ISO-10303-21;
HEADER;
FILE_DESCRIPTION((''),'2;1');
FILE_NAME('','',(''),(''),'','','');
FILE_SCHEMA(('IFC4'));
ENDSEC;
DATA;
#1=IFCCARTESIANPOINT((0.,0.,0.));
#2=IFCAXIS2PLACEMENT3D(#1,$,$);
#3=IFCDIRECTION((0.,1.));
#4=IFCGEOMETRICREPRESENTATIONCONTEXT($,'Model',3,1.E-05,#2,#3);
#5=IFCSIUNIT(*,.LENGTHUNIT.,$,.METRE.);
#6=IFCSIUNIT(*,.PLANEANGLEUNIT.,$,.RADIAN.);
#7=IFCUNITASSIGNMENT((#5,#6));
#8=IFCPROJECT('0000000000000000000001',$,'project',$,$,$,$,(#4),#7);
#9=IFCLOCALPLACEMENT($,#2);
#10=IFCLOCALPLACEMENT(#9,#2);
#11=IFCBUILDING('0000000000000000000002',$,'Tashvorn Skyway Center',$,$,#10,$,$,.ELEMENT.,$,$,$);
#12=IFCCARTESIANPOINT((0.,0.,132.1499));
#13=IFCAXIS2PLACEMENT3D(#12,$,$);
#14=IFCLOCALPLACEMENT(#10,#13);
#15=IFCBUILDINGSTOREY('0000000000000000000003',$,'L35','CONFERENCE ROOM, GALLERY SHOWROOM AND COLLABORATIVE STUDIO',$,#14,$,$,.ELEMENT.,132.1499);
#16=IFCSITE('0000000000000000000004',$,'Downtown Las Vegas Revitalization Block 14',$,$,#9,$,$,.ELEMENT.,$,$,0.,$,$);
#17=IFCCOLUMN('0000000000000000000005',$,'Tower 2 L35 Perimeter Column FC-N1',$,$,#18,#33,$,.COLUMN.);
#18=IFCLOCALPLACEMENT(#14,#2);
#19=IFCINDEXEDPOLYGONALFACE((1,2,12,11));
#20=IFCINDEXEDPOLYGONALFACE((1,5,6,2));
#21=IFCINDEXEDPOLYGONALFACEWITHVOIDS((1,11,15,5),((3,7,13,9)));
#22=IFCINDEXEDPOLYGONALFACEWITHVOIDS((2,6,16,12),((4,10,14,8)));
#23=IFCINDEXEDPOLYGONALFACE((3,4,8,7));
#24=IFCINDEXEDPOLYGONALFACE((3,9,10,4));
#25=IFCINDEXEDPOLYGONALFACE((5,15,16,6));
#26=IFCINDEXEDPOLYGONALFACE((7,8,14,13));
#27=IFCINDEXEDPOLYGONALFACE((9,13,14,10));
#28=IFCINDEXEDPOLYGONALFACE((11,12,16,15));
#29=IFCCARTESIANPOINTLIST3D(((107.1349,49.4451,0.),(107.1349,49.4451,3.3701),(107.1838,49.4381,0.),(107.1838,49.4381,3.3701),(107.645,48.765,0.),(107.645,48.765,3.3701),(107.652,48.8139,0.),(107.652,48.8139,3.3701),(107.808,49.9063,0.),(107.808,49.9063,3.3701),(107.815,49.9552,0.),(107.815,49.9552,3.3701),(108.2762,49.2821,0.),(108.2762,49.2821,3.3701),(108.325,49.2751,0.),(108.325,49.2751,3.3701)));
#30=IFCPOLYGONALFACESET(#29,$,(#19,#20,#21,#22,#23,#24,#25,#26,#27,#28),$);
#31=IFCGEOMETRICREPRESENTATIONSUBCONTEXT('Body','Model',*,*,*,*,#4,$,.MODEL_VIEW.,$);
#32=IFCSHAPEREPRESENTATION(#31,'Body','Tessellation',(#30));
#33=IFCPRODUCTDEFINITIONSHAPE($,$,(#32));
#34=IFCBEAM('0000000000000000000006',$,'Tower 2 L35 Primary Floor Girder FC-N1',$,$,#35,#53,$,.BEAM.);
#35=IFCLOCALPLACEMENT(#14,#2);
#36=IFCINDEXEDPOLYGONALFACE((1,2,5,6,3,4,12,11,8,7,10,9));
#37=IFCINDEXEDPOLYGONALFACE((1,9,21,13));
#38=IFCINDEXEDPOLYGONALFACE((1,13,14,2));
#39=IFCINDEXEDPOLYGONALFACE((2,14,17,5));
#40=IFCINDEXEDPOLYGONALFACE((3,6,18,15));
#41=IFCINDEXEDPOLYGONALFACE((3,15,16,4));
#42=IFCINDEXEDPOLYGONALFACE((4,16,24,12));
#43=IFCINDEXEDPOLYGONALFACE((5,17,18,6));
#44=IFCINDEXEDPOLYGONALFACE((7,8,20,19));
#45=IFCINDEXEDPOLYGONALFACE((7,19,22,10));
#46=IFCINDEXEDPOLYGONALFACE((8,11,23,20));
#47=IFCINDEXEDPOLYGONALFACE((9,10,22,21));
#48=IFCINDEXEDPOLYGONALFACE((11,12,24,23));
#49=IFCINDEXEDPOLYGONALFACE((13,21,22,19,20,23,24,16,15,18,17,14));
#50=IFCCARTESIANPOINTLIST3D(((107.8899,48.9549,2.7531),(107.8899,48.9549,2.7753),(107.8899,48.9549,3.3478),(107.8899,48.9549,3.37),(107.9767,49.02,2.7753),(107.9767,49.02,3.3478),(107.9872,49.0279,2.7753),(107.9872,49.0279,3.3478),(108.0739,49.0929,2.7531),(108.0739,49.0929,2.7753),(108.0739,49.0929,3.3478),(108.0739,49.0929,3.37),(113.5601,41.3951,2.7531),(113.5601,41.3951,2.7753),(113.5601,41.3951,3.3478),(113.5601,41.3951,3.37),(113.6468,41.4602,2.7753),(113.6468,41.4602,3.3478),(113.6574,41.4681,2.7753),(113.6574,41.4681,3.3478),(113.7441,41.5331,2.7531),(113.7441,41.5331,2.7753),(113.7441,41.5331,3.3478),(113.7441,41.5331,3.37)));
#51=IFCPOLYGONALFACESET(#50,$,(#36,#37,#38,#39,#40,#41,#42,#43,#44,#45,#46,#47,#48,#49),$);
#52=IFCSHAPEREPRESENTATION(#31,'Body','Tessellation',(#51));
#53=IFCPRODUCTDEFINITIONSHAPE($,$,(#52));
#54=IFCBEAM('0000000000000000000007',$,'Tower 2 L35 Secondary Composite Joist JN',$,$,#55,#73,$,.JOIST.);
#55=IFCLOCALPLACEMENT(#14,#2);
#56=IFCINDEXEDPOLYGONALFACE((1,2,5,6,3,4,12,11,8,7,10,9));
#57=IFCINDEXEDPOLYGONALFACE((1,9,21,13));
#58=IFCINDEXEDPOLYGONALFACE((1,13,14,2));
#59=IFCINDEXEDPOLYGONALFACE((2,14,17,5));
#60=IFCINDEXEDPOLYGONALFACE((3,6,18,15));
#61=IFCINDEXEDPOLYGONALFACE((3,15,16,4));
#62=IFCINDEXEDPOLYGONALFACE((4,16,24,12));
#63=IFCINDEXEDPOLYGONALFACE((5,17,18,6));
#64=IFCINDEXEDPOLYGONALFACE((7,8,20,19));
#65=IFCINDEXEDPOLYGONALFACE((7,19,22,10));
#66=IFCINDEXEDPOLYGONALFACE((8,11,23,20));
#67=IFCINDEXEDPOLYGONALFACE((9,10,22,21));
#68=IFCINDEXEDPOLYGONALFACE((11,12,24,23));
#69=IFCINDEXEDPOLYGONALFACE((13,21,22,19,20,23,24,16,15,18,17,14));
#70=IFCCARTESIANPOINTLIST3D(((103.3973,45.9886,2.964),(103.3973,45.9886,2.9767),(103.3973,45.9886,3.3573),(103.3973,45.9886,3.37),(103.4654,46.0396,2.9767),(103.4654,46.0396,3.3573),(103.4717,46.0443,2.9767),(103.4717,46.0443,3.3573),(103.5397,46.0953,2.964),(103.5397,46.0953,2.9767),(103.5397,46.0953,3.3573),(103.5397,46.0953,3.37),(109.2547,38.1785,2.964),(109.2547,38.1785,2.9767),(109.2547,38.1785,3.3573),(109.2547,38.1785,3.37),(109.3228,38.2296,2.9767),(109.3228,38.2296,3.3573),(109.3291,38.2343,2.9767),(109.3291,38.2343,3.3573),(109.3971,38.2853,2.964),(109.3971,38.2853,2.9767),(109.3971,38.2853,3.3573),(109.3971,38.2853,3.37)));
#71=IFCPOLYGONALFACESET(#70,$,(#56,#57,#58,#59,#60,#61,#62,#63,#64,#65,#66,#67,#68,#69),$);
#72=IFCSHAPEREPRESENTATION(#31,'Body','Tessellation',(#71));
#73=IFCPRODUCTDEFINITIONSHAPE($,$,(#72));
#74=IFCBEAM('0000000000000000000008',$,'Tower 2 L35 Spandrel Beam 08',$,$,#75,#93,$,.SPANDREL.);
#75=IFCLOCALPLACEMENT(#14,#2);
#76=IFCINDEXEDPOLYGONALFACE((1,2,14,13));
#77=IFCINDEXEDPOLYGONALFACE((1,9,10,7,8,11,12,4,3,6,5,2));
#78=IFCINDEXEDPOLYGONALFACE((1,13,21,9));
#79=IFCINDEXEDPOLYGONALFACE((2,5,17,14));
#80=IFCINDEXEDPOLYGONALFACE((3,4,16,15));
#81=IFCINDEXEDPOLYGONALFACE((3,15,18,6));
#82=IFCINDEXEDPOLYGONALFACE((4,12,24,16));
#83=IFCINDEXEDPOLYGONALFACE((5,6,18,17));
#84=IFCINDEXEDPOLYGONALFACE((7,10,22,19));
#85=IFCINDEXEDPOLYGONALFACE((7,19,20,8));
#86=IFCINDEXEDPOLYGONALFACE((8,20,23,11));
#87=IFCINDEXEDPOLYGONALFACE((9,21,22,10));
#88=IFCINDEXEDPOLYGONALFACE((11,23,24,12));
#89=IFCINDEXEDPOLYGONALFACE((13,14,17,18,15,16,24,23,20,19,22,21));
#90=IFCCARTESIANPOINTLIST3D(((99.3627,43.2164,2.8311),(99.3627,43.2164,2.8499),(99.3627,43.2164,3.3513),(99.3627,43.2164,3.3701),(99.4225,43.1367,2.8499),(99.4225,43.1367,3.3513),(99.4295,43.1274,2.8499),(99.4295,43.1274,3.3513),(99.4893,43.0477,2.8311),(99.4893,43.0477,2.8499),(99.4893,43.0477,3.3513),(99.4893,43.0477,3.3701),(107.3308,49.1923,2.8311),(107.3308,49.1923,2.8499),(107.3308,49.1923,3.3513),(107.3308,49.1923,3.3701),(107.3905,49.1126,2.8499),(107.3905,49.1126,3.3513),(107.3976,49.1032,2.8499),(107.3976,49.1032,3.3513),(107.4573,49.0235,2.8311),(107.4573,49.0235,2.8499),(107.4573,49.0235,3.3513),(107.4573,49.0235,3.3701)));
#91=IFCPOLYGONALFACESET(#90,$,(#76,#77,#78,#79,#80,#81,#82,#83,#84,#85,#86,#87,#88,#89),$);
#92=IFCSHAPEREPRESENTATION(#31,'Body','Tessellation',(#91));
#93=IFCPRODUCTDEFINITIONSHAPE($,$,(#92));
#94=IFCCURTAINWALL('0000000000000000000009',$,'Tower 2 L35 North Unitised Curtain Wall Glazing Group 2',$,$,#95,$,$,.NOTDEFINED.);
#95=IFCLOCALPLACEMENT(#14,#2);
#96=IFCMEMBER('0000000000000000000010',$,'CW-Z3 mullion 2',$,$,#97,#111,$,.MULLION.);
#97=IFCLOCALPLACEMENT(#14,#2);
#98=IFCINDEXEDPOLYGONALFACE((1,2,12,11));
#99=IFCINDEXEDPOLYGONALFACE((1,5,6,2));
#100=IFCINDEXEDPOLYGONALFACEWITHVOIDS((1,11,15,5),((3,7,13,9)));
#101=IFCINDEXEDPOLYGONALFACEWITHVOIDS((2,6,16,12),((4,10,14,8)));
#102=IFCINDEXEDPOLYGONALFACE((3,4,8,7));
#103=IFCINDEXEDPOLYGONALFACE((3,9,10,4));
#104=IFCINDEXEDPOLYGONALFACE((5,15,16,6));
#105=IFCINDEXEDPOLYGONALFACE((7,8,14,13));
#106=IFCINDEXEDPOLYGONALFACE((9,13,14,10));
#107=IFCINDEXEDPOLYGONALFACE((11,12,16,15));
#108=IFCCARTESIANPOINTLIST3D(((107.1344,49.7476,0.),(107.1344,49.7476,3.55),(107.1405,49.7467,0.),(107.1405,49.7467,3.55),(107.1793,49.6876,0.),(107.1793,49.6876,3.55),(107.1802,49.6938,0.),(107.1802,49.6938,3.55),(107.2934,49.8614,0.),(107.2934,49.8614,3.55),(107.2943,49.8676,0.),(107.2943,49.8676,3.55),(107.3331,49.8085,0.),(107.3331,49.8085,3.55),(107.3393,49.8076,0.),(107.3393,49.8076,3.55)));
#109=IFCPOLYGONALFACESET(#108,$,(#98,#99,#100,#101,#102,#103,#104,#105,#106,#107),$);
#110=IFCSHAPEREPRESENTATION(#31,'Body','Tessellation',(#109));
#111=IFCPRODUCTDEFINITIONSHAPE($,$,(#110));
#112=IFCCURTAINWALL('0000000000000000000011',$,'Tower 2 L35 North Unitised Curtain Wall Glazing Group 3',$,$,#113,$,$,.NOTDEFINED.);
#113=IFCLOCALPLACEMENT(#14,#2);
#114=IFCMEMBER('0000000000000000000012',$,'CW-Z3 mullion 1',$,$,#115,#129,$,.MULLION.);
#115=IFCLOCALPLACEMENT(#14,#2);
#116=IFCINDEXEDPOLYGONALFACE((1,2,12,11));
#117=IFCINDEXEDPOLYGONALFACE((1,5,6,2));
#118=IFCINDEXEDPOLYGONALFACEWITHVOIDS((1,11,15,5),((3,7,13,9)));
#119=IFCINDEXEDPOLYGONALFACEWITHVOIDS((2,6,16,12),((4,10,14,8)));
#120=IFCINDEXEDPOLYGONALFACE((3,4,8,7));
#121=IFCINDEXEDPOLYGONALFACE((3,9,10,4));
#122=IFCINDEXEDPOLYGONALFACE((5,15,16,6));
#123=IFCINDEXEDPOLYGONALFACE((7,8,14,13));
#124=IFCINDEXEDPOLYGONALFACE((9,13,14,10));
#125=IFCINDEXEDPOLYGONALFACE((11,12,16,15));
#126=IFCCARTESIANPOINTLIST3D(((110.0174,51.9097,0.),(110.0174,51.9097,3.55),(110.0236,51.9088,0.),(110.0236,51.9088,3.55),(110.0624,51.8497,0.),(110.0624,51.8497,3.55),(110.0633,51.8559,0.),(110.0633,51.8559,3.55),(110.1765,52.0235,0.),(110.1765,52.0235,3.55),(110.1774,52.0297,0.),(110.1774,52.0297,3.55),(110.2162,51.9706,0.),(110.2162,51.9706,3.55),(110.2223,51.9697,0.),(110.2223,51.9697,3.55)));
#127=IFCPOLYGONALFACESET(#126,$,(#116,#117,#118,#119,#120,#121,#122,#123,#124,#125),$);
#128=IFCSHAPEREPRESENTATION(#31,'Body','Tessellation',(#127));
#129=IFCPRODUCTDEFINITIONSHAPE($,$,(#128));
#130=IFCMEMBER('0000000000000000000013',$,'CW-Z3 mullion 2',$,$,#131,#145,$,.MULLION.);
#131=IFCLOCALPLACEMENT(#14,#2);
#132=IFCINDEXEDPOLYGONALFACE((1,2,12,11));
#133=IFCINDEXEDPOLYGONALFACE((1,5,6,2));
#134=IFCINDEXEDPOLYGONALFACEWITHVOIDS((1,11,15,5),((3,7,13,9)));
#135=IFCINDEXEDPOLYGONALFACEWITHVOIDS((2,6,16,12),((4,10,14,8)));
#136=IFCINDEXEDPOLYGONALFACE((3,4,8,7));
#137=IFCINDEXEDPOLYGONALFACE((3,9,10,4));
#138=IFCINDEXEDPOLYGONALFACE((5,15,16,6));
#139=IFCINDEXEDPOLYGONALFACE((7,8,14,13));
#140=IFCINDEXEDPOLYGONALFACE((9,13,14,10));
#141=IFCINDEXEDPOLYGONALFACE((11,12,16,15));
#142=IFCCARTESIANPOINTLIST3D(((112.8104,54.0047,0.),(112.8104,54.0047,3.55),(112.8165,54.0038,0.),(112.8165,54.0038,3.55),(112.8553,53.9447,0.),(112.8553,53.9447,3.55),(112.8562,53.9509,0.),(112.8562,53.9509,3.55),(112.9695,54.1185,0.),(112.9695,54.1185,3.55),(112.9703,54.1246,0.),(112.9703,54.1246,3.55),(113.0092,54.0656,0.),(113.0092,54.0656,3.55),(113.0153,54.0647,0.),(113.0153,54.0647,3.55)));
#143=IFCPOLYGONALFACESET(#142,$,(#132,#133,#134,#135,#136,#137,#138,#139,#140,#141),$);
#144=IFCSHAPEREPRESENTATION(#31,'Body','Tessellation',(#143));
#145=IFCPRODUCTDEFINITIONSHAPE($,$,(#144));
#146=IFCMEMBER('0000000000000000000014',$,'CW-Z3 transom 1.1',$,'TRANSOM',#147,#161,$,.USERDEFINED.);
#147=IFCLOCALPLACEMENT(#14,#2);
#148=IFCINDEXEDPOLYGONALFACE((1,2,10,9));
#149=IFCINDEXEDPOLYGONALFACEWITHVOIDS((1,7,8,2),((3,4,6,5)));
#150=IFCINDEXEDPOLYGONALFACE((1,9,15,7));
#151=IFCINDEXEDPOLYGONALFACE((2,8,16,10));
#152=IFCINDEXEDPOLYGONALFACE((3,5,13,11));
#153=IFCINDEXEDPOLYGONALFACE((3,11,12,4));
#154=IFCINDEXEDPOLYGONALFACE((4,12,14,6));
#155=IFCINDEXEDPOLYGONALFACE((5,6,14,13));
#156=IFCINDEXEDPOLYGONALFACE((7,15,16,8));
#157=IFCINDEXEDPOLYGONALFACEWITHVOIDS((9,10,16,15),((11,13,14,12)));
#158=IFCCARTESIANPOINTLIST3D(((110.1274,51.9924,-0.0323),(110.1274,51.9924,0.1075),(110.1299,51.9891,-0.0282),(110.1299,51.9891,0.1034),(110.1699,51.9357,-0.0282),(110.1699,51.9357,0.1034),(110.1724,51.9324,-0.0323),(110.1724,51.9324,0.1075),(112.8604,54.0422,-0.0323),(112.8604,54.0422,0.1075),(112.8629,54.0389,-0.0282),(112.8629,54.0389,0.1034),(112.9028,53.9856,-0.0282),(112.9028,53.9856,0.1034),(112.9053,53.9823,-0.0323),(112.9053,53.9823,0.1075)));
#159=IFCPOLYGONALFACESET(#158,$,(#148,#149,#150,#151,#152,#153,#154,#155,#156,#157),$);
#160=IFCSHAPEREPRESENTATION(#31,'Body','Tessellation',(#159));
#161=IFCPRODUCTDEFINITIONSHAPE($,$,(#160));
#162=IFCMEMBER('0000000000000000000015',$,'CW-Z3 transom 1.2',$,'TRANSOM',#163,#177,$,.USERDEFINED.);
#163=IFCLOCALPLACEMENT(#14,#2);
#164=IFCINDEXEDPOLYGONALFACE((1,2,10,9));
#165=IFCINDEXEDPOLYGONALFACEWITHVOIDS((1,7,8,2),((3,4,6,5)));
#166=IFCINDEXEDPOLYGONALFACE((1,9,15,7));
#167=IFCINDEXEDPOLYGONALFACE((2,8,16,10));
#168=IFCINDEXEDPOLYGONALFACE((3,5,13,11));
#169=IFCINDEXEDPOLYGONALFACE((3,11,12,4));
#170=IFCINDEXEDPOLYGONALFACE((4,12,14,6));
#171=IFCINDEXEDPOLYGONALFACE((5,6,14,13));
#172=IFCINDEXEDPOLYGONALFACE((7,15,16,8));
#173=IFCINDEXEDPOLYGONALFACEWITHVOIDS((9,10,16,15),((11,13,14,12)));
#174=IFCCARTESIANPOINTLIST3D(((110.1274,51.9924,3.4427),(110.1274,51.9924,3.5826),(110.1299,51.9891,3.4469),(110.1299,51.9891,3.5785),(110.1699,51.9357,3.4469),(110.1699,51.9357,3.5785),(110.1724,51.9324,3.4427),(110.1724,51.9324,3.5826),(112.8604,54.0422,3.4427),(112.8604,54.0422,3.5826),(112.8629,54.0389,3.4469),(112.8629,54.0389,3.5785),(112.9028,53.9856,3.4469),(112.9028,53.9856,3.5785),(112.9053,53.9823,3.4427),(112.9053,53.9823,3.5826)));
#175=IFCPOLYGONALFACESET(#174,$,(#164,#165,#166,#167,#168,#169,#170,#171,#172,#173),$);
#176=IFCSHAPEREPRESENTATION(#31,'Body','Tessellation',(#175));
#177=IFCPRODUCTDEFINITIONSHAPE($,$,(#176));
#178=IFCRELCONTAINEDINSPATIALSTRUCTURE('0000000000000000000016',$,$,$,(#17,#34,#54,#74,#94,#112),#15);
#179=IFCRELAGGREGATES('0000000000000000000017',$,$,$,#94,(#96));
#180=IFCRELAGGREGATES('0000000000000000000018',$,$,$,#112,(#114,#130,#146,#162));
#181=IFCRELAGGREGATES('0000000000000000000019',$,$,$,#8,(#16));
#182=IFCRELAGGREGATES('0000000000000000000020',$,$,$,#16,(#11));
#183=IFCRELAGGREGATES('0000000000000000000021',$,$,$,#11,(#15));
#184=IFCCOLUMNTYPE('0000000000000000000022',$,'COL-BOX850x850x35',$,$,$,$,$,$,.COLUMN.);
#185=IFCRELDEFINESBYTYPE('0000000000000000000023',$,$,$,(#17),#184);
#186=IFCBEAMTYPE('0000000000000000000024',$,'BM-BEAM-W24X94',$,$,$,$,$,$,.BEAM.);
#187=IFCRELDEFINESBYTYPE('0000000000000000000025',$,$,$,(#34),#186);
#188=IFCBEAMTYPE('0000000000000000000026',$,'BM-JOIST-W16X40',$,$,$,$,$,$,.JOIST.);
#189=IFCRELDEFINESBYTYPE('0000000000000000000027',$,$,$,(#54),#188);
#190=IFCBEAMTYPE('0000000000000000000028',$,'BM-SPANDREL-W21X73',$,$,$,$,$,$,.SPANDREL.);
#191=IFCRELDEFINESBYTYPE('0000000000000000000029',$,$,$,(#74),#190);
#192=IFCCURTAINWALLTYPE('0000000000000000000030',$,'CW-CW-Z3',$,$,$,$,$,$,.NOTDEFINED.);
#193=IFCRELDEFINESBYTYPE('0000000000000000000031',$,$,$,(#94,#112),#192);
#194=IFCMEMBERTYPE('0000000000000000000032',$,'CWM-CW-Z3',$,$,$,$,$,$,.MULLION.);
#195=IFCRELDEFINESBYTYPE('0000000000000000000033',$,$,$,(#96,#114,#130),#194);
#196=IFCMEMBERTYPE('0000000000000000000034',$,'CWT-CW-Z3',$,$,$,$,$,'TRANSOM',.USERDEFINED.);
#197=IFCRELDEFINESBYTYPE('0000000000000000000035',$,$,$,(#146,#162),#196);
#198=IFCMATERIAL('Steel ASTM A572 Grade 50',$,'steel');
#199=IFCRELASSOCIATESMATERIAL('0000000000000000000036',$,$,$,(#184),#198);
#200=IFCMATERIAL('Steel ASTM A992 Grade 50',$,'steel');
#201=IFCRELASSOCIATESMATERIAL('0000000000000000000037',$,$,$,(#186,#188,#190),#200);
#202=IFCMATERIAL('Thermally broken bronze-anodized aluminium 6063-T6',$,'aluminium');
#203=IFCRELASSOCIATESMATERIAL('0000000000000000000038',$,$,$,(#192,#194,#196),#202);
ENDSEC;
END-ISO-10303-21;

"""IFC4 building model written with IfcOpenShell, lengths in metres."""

from ifc_helpers import new_model, si_unit, direction, frame, origin, origin_2d, place, context, subcontext, project, spatial, hollow_rectangle, i_section, extrude, material, material_profile, profile_set, type_object, element, aggregate, save


model = new_model("IFC4")

# Units and contexts
model_context = context("Model", 3, precision=1e-05, world=origin(), true_north=direction((0.0, 1.0)))
body_context = subcontext(model_context, "Body", "Model", "MODEL_VIEW")
ifc_project = project(units=[si_unit("LENGTHUNIT", "METRE"), si_unit("PLANEANGLEUNIT", "RADIAN")], contexts=[model_context])

# Site, building, storey
site_placement = place(None, origin())
site = spatial("IfcSite", under=ifc_project, at=site_placement, Name="Downtown Las Vegas Revitalization Block 14", CompositionType="ELEMENT", RefElevation=0.0)
building_placement = place(site_placement, origin())
building = spatial("IfcBuilding", under=site, at=building_placement, Name="Tashvorn Skyway Center", CompositionType="ELEMENT")
storey_placement = place(building_placement, frame((0.0, 0.0, 132.1499)))
storey = spatial("IfcBuildingStorey", under=building, at=storey_placement, Name="L35", Description="CONFERENCE ROOM, GALLERY SHOWROOM AND COLLABORATIVE STUDIO", CompositionType="ELEMENT", Elevation=132.1499)

# Column
ifc_material_1 = material(Name="Steel ASTM A572 Grade 50", Category="steel")
ifc_material_profile_1 = material_profile(ifc_material_1, hollow_rectangle(XDim=0.8501, YDim=0.8501, WallThickness=0.0349, at=origin_2d()), Name="BOX850x850x35")
ifc_profile_set_1 = profile_set([ifc_material_profile_1], Name="Steel ASTM A572 Grade 50")
column_type = type_object("IfcColumnType", Name="COL-BOX850x850x35", PredefinedType="COLUMN", material=ifc_profile_set_1)
column_placement = place(storey_placement, frame((107.73, 49.3601, 0.0), z_axis=(0.0, 0.0, 1.0), x_axis=(0.8, 0.6, 0.0)))
element("IfcColumn", 1, at=column_placement, inside=storey, type_object=column_type, Name="Tower 2 L35 Perimeter Column FC-N1", PredefinedType="COLUMN", context=body_context, shape_type="SweptSolid", body=[
    extrude(hollow_rectangle(XDim=0.8501, YDim=0.8501, WallThickness=0.0349, at=origin_2d()), origin(), (0.0, 0.0, 1.0), 3.3701),
])

# Beams
ifc_material_2 = material(Name="Steel ASTM A992 Grade 50", Category="steel")
ifc_material_profile_2 = material_profile(ifc_material_2, i_section(OverallWidth=0.23, OverallDepth=0.6169, WebThickness=0.0132, FlangeThickness=0.0222, at=origin_2d()), Name="W24X94")
ifc_profile_set_2 = profile_set([ifc_material_profile_2], Name="Steel ASTM A992 Grade 50")
beam_type_1 = type_object("IfcBeamType", Name="BM-BEAM-W24X94", PredefinedType="BEAM", material=ifc_profile_set_2)
beam_1_placement = place(storey_placement, frame((107.9819, 49.0239, 3.0615), z_axis=(0.600021, -0.799984, 0.0), x_axis=(0.799984, 0.600021, 0.0)))
element("IfcBeam", 2, at=beam_1_placement, inside=storey, type_object=beam_type_1, Name="Tower 2 L35 Primary Floor Girder FC-N1", PredefinedType="BEAM", context=body_context, shape_type="SweptSolid", body=[
    extrude(i_section(OverallWidth=0.23, OverallDepth=0.6169, WebThickness=0.0132, FlangeThickness=0.0222, at=origin_2d()), origin(), (0.0, 0.0, 1.0), 9.45),
])
ifc_material_profile_3 = material_profile(ifc_material_2, i_section(OverallWidth=0.178, OverallDepth=0.406, WebThickness=0.0078, FlangeThickness=0.0127, at=origin_2d()), Name="W16X40")
ifc_profile_set_3 = profile_set([ifc_material_profile_3], Name="Steel ASTM A992 Grade 50")
beam_type_2 = type_object("IfcBeamType", Name="BM-JOIST-W16X40", PredefinedType="JOIST", material=ifc_profile_set_3)
beam_2_placement = place(storey_placement, frame((109.3259, 38.2319, 3.167), z_axis=(-0.599992, 0.800006, 0.0), x_axis=(-0.800006, -0.599992, 0.0)))
element("IfcBeam", 3, at=beam_2_placement, inside=storey, type_object=beam_type_2, Name="Tower 2 L35 Secondary Composite Joist JN", PredefinedType="JOIST", context=body_context, shape_type="SweptSolid", body=[
    extrude(i_section(OverallWidth=0.178, OverallDepth=0.406, WebThickness=0.0078, FlangeThickness=0.0127, at=origin_2d()), origin(), (0.0, 0.0, 1.0), 9.7625),
])
ifc_material_profile_4 = material_profile(ifc_material_2, i_section(OverallWidth=0.2109, OverallDepth=0.5391, WebThickness=0.0117, FlangeThickness=0.0188, at=origin_2d()), Name="W21X73")
ifc_profile_set_4 = profile_set([ifc_material_profile_4], Name="Steel ASTM A992 Grade 50")
beam_type_3 = type_object("IfcBeamType", Name="BM-SPANDREL-W21X73", PredefinedType="SPANDREL", material=ifc_profile_set_4)
beam_3_placement = place(storey_placement, frame((107.394, 49.1079, 3.1006), z_axis=(-0.800009, -0.599988, 0.0), x_axis=(0.599988, -0.800009, 0.0)))
element("IfcBeam", 4, at=beam_3_placement, inside=storey, type_object=beam_type_3, Name="Tower 2 L35 Spandrel Beam 08", PredefinedType="SPANDREL", context=body_context, shape_type="SweptSolid", body=[
    extrude(i_section(OverallWidth=0.2109, OverallDepth=0.5391, WebThickness=0.0117, FlangeThickness=0.0188, at=origin_2d()), origin(), (0.0, 0.0, 1.0), 9.96),
])

# Curtain wall, member
ifc_material_3 = material(Name="Thermally broken bronze-anodized aluminium 6063-T6", Category="aluminium")
curtain_wall_type = type_object("IfcCurtainWallType", Name="CW-CW-Z3", PredefinedType="NOTDEFINED", material=ifc_material_3)
curtain_wall_1_placement = place(storey_placement, origin())
curtain_wall_1 = element("IfcCurtainWall", 5, at=curtain_wall_1_placement, inside=storey, type_object=curtain_wall_type, Name="Tower 2 L35 North Unitised Curtain Wall Glazing Group 2", PredefinedType="NOTDEFINED")
ifc_material_profile_5 = material_profile(ifc_material_3, hollow_rectangle(XDim=0.075, YDim=0.2, WallThickness=0.0044, at=origin_2d()), Name="ALU-MULL-75x200")
ifc_profile_set_5 = profile_set([ifc_material_profile_5], Name="Thermally broken bronze-anodized aluminium 6063-T6")
member_type_1 = type_object("IfcMemberType", Name="CWM-CW-Z3", PredefinedType="MULLION", material=ifc_profile_set_5)
member_1_placement = place(storey_placement, frame((107.2368, 49.7776, 0.0), z_axis=(0.0, 0.0, 1.0), x_axis=(-0.599997, 0.800002, 0.0)))
member_1 = element("IfcMember", 6, at=member_1_placement, type_object=member_type_1, Name="CW-Z3 mullion 2", PredefinedType="MULLION", context=body_context, shape_type="SweptSolid", body=[
    extrude(hollow_rectangle(XDim=0.075, YDim=0.2, WallThickness=0.0044, at=origin_2d()), origin(), (0.0, 0.0, 1.0), 3.55),
])
aggregate(curtain_wall_1, [member_1])

# Curtain wall, members
curtain_wall_2_placement = place(storey_placement, origin())
curtain_wall_2 = element("IfcCurtainWall", 7, at=curtain_wall_2_placement, inside=storey, type_object=curtain_wall_type, Name="Tower 2 L35 North Unitised Curtain Wall Glazing Group 3", PredefinedType="NOTDEFINED")
member_2_placement = place(storey_placement, frame((110.1199, 51.9397, 0.0), z_axis=(0.0, 0.0, 1.0), x_axis=(-0.600005, 0.799997, 0.0)))
member_2 = element("IfcMember", 8, at=member_2_placement, type_object=member_type_1, Name="CW-Z3 mullion 1", PredefinedType="MULLION", context=body_context, shape_type="SweptSolid", body=[
    extrude(hollow_rectangle(XDim=0.075, YDim=0.2, WallThickness=0.0044, at=origin_2d()), origin(), (0.0, 0.0, 1.0), 3.55),
])
member_3_placement = place(storey_placement, frame((112.9128, 54.0347, 0.0), z_axis=(0.0, 0.0, 1.0), x_axis=(-0.600005, 0.799997, 0.0)))
member_3 = element("IfcMember", 9, at=member_3_placement, type_object=member_type_1, Name="CW-Z3 mullion 2", PredefinedType="MULLION", context=body_context, shape_type="SweptSolid", body=[
    extrude(hollow_rectangle(XDim=0.075, YDim=0.2, WallThickness=0.0044, at=origin_2d()), origin(), (0.0, 0.0, 1.0), 3.55),
])
ifc_material_profile_6 = material_profile(ifc_material_3, hollow_rectangle(XDim=0.075, YDim=0.1399, WallThickness=0.0042, at=origin_2d()), Name="ALU-TRAN-75x140")
ifc_profile_set_6 = profile_set([ifc_material_profile_6], Name="Thermally broken bronze-anodized aluminium 6063-T6")
member_type_2 = type_object("IfcMemberType", Name="CWT-CW-Z3", ElementType="TRANSOM", PredefinedType="USERDEFINED", material=ifc_profile_set_6)
member_4_placement = place(storey_placement, frame((110.1499, 51.9624, 0.0376), z_axis=(0.799983, 0.600023, 0.0), x_axis=(-0.600023, 0.799983, 0.0)))
member_4 = element("IfcMember", 10, at=member_4_placement, type_object=member_type_2, Name="CW-Z3 transom 1.1", ObjectType="TRANSOM", PredefinedType="USERDEFINED", context=body_context, shape_type="SweptSolid", body=[
    extrude(hollow_rectangle(XDim=0.075, YDim=0.1399, WallThickness=0.0042, at=origin_2d()), origin(), (0.0, 0.0, 1.0), 3.4163),
])
member_5_placement = place(storey_placement, frame((110.1499, 51.9624, 3.5127), z_axis=(0.799983, 0.600023, 0.0), x_axis=(-0.600023, 0.799983, 0.0)))
member_5 = element("IfcMember", 11, at=member_5_placement, type_object=member_type_2, Name="CW-Z3 transom 1.2", ObjectType="TRANSOM", PredefinedType="USERDEFINED", context=body_context, shape_type="SweptSolid", body=[
    extrude(hollow_rectangle(XDim=0.075, YDim=0.1399, WallThickness=0.0042, at=origin_2d()), origin(), (0.0, 0.0, 1.0), 3.4163),
])
aggregate(curtain_wall_2, [member_2, member_3, member_4, member_5])

save(model, "model.ifc")
